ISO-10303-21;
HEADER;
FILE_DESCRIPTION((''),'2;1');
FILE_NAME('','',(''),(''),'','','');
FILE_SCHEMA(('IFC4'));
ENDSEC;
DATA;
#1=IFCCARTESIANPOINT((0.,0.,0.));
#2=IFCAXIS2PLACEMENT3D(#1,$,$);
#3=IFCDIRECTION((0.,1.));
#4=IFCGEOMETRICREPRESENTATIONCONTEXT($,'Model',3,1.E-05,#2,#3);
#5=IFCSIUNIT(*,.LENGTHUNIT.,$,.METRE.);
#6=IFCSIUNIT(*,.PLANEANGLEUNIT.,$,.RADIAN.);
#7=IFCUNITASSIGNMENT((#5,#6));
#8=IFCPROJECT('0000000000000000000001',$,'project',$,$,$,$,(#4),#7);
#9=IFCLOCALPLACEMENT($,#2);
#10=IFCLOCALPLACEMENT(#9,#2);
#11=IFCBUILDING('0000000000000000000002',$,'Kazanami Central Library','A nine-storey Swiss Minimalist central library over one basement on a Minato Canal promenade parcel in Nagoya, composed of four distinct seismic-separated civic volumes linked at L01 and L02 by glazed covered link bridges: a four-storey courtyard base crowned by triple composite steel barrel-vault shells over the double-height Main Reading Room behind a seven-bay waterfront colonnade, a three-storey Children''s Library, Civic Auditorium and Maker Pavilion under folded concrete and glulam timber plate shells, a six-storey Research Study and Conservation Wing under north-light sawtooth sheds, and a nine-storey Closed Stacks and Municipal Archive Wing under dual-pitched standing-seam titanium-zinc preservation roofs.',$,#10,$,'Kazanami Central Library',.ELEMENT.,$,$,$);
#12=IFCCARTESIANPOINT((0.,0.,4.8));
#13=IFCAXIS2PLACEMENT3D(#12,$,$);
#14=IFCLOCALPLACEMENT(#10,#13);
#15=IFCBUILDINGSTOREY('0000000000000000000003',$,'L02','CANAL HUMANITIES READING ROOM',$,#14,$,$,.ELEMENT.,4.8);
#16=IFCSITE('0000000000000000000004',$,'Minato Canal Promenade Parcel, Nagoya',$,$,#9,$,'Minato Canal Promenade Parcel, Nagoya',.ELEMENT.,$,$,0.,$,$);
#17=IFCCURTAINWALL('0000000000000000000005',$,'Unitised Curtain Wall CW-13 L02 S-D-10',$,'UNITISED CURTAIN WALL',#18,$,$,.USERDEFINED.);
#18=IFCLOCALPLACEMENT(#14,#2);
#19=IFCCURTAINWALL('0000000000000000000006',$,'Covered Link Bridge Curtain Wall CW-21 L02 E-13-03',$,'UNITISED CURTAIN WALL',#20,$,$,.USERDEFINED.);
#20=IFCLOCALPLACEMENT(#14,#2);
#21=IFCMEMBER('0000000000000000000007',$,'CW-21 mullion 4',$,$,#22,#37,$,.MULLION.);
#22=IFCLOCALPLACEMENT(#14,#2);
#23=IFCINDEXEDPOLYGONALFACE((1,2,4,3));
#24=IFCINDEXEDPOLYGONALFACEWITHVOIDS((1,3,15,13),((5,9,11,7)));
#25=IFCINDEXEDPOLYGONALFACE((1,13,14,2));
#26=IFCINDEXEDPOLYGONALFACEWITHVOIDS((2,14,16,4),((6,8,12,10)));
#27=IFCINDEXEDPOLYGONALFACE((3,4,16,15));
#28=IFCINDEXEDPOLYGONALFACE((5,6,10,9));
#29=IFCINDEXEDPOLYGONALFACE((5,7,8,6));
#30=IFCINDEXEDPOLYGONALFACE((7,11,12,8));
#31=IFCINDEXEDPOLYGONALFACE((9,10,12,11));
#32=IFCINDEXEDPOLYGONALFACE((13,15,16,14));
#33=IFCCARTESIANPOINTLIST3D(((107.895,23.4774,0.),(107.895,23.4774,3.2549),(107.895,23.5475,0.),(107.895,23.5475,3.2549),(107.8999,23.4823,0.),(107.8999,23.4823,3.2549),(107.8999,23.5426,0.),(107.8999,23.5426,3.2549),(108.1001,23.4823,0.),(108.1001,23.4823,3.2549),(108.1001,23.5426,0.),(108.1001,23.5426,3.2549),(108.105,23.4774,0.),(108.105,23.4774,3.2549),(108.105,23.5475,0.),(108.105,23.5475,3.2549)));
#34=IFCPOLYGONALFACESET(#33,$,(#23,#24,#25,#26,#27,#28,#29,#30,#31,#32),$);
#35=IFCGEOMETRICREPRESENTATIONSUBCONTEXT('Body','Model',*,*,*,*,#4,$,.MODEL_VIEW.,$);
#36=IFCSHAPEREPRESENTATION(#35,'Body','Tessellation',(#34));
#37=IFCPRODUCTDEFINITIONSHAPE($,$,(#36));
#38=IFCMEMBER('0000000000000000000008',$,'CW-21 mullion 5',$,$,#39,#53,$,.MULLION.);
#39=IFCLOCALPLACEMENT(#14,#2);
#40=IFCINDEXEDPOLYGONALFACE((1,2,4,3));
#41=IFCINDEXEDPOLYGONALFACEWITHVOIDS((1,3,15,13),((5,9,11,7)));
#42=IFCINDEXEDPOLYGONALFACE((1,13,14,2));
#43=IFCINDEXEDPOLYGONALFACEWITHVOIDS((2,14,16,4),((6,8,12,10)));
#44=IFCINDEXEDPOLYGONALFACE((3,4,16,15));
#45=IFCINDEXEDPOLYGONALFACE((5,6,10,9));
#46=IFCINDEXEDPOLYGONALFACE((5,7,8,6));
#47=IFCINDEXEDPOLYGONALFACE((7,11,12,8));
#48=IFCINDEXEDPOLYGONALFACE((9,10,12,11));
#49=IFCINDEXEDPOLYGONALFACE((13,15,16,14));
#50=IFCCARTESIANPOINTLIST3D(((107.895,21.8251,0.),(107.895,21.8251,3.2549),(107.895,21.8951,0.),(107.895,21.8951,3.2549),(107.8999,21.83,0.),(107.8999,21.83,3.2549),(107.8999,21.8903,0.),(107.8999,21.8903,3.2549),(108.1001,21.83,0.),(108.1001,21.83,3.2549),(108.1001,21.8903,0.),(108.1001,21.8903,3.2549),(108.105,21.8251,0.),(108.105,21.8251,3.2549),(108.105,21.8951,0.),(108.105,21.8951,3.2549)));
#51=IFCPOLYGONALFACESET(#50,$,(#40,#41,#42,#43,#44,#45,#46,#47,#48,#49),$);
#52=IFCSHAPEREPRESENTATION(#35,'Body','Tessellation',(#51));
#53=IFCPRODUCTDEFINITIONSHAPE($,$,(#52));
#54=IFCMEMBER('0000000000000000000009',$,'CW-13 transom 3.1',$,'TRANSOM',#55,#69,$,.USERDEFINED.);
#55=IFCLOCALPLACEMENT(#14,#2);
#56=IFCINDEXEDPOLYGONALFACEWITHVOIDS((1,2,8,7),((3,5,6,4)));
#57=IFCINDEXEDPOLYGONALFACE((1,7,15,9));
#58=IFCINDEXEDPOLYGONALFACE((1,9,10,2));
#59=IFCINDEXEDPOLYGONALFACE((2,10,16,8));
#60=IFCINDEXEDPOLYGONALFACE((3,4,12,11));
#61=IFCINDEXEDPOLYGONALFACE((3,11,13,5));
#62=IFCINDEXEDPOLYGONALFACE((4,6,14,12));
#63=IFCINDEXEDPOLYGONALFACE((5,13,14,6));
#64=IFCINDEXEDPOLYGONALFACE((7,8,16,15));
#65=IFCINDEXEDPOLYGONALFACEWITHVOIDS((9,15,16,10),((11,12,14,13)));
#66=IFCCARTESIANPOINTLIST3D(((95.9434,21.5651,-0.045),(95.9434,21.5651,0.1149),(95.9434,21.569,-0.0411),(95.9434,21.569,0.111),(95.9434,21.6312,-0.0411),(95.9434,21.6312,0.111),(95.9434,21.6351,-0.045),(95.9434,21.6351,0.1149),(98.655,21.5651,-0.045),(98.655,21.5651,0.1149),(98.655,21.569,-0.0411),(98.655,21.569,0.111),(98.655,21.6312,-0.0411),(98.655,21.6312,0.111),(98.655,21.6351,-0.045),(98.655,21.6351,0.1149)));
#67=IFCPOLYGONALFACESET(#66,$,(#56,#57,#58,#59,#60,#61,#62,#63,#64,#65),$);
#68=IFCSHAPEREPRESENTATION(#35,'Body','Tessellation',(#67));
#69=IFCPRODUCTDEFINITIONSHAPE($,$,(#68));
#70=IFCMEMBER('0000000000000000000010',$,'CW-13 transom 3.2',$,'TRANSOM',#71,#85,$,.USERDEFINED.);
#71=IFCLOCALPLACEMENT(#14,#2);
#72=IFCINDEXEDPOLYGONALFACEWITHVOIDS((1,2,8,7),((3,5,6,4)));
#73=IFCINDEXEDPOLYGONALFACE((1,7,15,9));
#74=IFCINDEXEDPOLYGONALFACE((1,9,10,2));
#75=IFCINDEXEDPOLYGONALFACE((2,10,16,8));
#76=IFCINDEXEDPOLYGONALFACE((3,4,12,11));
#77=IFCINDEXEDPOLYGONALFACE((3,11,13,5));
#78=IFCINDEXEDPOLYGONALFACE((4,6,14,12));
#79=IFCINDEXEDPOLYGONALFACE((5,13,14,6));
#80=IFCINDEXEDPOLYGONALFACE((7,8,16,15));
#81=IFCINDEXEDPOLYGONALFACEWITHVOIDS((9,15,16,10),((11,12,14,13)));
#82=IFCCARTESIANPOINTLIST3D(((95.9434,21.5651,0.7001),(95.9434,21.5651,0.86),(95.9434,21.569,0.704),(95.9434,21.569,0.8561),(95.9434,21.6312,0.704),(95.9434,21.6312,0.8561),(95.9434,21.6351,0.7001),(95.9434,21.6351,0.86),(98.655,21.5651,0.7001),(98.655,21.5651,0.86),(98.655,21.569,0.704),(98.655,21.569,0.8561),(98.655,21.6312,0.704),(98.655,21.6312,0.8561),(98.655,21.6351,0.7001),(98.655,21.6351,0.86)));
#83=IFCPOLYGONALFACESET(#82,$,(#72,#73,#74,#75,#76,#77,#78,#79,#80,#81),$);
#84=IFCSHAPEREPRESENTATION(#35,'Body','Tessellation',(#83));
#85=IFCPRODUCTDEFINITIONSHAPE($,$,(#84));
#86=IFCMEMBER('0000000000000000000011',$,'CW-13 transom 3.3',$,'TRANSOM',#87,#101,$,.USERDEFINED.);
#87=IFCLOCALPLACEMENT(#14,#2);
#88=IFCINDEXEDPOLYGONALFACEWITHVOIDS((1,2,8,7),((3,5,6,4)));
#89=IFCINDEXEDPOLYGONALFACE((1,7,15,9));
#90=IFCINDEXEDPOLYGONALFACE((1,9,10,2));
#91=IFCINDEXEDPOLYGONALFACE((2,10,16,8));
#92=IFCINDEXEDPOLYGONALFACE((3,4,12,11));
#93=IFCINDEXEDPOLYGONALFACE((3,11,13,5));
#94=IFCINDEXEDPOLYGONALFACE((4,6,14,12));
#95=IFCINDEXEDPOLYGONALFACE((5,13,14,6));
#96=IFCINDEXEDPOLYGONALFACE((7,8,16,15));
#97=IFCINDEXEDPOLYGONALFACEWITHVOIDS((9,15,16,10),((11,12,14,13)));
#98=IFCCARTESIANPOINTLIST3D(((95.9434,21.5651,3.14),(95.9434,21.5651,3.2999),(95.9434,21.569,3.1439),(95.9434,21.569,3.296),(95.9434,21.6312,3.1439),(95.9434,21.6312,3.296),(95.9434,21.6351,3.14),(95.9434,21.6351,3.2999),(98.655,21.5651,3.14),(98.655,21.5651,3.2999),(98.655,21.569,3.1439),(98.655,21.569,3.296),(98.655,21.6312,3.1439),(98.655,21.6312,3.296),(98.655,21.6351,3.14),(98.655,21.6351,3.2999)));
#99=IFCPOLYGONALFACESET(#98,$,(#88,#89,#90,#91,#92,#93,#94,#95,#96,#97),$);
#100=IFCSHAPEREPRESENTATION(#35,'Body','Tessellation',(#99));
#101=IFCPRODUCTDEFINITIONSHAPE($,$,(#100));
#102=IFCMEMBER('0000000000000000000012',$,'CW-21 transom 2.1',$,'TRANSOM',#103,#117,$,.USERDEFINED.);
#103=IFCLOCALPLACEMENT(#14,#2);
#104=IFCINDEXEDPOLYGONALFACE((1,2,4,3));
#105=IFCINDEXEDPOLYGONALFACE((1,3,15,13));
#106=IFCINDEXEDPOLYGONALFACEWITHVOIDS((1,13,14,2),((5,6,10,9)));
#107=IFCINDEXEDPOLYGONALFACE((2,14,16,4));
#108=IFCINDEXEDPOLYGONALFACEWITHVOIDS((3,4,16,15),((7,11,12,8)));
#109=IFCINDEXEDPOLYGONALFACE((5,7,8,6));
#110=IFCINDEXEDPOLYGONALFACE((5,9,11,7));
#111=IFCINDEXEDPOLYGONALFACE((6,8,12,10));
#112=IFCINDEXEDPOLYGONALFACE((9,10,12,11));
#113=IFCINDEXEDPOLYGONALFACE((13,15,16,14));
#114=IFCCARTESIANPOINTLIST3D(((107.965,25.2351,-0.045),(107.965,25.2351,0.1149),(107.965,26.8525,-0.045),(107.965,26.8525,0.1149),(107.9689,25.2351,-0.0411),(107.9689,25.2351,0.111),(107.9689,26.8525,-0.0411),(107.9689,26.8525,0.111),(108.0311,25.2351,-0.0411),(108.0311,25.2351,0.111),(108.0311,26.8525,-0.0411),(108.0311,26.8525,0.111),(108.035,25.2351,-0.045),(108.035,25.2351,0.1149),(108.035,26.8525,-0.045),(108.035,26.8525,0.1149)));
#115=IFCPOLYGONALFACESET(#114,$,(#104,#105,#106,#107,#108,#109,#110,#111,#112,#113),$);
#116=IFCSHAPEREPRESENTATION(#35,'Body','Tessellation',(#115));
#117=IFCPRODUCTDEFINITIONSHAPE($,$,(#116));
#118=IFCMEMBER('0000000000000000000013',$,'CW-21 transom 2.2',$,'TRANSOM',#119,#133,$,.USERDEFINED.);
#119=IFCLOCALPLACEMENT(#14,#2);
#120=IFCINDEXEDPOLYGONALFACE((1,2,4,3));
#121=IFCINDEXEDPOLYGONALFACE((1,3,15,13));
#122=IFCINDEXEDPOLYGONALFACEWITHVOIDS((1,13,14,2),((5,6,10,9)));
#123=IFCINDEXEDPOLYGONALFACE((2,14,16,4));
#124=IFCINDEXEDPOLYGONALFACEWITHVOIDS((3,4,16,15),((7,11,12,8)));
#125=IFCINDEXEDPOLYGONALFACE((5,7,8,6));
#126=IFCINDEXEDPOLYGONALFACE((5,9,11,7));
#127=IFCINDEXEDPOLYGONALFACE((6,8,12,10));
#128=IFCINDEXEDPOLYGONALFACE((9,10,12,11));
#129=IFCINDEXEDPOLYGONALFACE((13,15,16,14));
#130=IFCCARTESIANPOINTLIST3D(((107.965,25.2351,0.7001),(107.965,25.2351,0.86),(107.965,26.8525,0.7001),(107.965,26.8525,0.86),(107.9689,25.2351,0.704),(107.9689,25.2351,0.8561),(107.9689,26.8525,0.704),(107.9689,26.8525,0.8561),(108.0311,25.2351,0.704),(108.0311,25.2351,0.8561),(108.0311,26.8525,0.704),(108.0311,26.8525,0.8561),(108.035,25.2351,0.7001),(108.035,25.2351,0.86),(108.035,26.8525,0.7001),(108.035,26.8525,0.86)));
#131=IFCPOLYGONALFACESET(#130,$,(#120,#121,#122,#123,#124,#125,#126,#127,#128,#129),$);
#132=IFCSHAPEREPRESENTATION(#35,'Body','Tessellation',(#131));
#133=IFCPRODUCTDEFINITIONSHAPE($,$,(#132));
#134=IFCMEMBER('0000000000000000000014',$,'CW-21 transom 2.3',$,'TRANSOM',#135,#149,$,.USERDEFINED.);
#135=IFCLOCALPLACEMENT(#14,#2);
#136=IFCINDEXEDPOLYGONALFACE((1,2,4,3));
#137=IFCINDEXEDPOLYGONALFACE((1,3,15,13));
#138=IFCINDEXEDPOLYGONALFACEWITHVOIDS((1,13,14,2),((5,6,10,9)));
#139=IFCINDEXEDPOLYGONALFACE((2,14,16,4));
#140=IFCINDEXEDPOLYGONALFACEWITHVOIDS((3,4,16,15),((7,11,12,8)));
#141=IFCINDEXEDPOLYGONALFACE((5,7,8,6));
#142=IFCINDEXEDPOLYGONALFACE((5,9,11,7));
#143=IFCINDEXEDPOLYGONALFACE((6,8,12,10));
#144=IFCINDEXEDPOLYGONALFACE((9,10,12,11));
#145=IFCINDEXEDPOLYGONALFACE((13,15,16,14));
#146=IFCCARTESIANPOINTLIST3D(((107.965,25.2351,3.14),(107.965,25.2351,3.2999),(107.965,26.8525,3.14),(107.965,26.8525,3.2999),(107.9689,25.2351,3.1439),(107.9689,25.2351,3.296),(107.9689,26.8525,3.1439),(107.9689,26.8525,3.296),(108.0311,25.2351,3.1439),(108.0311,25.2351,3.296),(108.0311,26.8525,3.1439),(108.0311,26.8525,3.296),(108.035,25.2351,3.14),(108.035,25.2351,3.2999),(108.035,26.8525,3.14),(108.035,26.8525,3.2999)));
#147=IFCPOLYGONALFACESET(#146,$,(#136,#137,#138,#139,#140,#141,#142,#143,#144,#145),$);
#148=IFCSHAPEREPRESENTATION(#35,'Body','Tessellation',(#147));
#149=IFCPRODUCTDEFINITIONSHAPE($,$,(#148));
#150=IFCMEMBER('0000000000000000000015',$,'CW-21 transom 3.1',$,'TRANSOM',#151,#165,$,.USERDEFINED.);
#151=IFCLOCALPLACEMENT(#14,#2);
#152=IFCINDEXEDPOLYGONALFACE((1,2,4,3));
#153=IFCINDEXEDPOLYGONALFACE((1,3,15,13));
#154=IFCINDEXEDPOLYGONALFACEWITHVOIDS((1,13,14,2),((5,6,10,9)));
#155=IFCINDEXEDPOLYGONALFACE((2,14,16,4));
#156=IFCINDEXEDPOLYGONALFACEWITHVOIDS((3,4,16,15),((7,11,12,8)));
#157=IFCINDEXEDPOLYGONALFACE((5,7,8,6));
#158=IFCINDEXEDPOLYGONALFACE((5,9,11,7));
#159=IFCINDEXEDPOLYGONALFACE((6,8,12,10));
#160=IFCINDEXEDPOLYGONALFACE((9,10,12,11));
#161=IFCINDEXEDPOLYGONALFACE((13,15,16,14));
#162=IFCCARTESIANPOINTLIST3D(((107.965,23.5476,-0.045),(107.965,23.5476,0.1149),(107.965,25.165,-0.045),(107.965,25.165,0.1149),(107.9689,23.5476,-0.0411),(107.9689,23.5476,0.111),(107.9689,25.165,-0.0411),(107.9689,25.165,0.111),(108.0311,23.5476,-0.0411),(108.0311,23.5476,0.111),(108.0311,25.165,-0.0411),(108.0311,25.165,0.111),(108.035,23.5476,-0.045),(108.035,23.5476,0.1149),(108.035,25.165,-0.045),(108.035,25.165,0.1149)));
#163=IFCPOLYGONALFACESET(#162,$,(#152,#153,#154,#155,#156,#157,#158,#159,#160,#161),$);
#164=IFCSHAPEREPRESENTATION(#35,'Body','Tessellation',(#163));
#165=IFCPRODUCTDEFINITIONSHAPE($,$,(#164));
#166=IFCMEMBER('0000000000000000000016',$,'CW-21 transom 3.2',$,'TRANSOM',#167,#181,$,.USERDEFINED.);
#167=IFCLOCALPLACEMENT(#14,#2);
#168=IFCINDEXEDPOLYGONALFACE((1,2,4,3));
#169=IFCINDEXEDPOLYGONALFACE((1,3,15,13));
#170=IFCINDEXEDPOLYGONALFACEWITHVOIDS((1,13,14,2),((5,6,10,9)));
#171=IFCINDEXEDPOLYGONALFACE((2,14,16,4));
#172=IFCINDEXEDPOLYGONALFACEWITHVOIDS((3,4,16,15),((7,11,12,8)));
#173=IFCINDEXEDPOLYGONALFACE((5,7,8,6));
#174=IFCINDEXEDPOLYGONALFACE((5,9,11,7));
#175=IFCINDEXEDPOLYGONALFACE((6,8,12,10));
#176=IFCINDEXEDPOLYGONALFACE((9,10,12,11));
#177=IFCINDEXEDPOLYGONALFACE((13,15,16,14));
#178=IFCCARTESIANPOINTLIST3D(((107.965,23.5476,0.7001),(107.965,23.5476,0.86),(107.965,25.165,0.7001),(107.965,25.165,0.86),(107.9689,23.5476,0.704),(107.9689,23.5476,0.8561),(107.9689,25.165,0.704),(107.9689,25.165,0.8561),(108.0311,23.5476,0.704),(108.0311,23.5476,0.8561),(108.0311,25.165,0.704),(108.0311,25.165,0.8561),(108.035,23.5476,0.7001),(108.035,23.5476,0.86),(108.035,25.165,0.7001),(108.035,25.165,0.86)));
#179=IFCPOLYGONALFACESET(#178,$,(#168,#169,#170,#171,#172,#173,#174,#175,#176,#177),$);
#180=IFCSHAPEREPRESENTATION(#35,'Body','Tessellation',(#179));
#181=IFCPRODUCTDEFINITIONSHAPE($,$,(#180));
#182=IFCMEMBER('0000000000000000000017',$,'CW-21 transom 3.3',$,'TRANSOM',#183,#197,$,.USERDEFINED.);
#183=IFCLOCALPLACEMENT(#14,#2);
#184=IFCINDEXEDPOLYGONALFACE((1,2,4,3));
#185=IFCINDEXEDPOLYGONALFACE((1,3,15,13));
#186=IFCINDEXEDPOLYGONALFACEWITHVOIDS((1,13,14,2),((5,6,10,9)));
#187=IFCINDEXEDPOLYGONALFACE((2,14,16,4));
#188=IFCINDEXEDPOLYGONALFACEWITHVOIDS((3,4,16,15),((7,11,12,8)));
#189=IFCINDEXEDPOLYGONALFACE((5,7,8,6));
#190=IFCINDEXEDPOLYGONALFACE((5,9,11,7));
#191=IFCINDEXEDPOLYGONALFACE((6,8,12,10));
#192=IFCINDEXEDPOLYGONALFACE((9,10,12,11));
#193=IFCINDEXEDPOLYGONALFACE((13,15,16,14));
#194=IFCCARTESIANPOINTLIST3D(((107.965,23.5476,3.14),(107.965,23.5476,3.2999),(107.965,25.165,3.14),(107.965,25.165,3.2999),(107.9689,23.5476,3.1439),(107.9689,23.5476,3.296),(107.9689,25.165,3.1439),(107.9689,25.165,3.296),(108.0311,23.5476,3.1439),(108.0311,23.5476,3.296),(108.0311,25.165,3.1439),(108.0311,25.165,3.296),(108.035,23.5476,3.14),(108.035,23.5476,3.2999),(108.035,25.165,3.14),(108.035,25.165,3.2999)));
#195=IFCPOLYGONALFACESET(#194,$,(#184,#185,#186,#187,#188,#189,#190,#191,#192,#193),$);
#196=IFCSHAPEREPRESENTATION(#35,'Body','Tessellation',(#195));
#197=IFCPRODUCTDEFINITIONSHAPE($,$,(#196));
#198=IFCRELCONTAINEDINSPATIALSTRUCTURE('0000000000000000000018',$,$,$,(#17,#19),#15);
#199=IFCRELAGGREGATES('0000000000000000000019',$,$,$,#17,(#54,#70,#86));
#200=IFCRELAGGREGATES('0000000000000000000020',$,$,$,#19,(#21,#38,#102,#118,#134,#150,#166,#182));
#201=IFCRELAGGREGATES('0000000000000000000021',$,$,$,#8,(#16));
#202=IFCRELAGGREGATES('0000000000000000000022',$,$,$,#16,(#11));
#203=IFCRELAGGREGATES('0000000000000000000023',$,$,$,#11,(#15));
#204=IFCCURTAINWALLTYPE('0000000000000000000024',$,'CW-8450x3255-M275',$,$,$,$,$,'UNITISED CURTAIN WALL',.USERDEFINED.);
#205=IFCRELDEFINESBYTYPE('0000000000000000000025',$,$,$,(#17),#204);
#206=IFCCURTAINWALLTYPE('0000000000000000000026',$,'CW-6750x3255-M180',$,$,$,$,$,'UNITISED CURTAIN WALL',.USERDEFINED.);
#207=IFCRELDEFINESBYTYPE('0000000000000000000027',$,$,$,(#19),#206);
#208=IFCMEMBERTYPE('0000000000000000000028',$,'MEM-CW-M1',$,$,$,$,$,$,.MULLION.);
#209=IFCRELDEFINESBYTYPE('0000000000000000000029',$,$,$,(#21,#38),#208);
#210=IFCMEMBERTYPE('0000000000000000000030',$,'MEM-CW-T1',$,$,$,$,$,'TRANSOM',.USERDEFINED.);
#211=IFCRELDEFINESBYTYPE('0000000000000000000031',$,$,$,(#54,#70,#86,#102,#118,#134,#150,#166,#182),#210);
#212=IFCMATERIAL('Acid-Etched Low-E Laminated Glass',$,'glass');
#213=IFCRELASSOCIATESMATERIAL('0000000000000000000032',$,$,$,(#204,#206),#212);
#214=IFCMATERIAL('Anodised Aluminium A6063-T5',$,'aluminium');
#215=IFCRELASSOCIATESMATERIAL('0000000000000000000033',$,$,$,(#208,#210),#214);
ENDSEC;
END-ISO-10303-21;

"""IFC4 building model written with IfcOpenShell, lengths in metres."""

from ifc_helpers import new_model, si_unit, direction, frame, origin, origin_2d, place, context, subcontext, project, spatial, hollow_rectangle, extrude, material, material_profile, profile_set, type_object, element, aggregate, save


model = new_model("IFC4")

# Units and contexts
model_context = context("Model", 3, precision=1e-05, world=origin(), true_north=direction((0.0, 1.0)))
body_context = subcontext(model_context, "Body", "Model", "MODEL_VIEW")
ifc_project = project(units=[si_unit("LENGTHUNIT", "METRE"), si_unit("PLANEANGLEUNIT", "RADIAN")], contexts=[model_context])

# Site, building, storey
site_placement = place(None, origin())
site = spatial("IfcSite", under=ifc_project, at=site_placement, Name="Minato Canal Promenade Parcel, Nagoya", LongName="Minato Canal Promenade Parcel, Nagoya", CompositionType="ELEMENT", RefElevation=0.0)
building_placement = place(site_placement, origin())
building = spatial("IfcBuilding", under=site, at=building_placement, Name="Kazanami Central Library", Description="A nine-storey Swiss Minimalist central library over one basement on a Minato Canal promenade parcel in Nagoya, composed of four distinct seismic-separated civic volumes linked at L01 and L02 by glazed covered link bridges: a four-storey courtyard base crowned by triple composite steel barrel-vault shells over the double-height Main Reading Room behind a seven-bay waterfront colonnade, a three-storey Children's Library, Civic Auditorium and Maker Pavilion under folded concrete and glulam timber plate shells, a six-storey Research Study and Conservation Wing under north-light sawtooth sheds, and a nine-storey Closed Stacks and Municipal Archive Wing under dual-pitched standing-seam titanium-zinc preservation roofs.", LongName="Kazanami Central Library", CompositionType="ELEMENT")
storey_placement = place(building_placement, frame((0.0, 0.0, 4.8)))
storey = spatial("IfcBuildingStorey", under=building, at=storey_placement, Name="L02", Description="CANAL HUMANITIES READING ROOM", CompositionType="ELEMENT", Elevation=4.8)

# Curtain walls, members
ifc_material_1 = material(Name="Acid-Etched Low-E Laminated Glass", Category="glass")
curtain_wall_type_1 = type_object("IfcCurtainWallType", Name="CW-8450x3255-M275", ElementType="UNITISED CURTAIN WALL", PredefinedType="USERDEFINED", material=ifc_material_1)
curtain_wall_1_placement = place(storey_placement, origin())
curtain_wall_1 = element("IfcCurtainWall", 1, at=curtain_wall_1_placement, inside=storey, type_object=curtain_wall_type_1, Name="Unitised Curtain Wall CW-13 L02 S-D-10", ObjectType="UNITISED CURTAIN WALL", PredefinedType="USERDEFINED")
ifc_material_2 = material(Name="Anodised Aluminium A6063-T5", Category="aluminium")
ifc_material_profile_1 = material_profile(ifc_material_2, hollow_rectangle(XDim=0.0701, YDim=0.21, WallThickness=0.0049, at=origin_2d()), Name="ALU-MULL-70x210x5")
ifc_profile_set_1 = profile_set([ifc_material_profile_1], Name="Anodised Aluminium A6063-T5")
member_type_1 = type_object("IfcMemberType", Name="MEM-CW-M1", PredefinedType="MULLION", material=ifc_profile_set_1)
curtain_wall_type_2 = type_object("IfcCurtainWallType", Name="CW-6750x3255-M180", ElementType="UNITISED CURTAIN WALL", PredefinedType="USERDEFINED", material=ifc_material_1)
curtain_wall_2_placement = place(storey_placement, origin())
curtain_wall_2 = element("IfcCurtainWall", 2, at=curtain_wall_2_placement, inside=storey, type_object=curtain_wall_type_2, Name="Covered Link Bridge Curtain Wall CW-21 L02 E-13-03", ObjectType="UNITISED CURTAIN WALL", PredefinedType="USERDEFINED")
member_1_placement = place(storey_placement, frame((108.0, 23.5125, 0.0), z_axis=(0.0, 0.0, 1.0), x_axis=(0.0, -1.0, 0.0)))
member_1 = element("IfcMember", 3, at=member_1_placement, type_object=member_type_1, Name="CW-21 mullion 4", PredefinedType="MULLION", context=body_context, shape_type="SweptSolid", body=[
    extrude(hollow_rectangle(XDim=0.0701, YDim=0.21, WallThickness=0.0049, at=origin_2d()), origin(), (0.0, 0.0, 1.0), 3.2549),
])
member_2_placement = place(storey_placement, frame((108.0, 21.8601, 0.0), z_axis=(0.0, 0.0, 1.0), x_axis=(0.0, -1.0, 0.0)))
member_2 = element("IfcMember", 4, at=member_2_placement, type_object=member_type_1, Name="CW-21 mullion 5", PredefinedType="MULLION", context=body_context, shape_type="SweptSolid", body=[
    extrude(hollow_rectangle(XDim=0.0701, YDim=0.21, WallThickness=0.0049, at=origin_2d()), origin(), (0.0, 0.0, 1.0), 3.2549),
])

# Members
ifc_material_profile_2 = material_profile(ifc_material_2, hollow_rectangle(XDim=0.0701, YDim=0.1599, WallThickness=0.0039, at=origin_2d()), Name="ALU-TRAN-70x160x4")
ifc_profile_set_2 = profile_set([ifc_material_profile_2], Name="Anodised Aluminium A6063-T5")
member_type_2 = type_object("IfcMemberType", Name="MEM-CW-T1", ElementType="TRANSOM", PredefinedType="USERDEFINED", material=ifc_profile_set_2)
member_3_placement = place(storey_placement, frame((95.9434, 21.6001, 0.0349), z_axis=(1.0, 0.0, 0.0), x_axis=(0.0, 1.0, 0.0)))
member_3 = element("IfcMember", 5, at=member_3_placement, type_object=member_type_2, Name="CW-13 transom 3.1", ObjectType="TRANSOM", PredefinedType="USERDEFINED", context=body_context, shape_type="SweptSolid", body=[
    extrude(hollow_rectangle(XDim=0.0701, YDim=0.1599, WallThickness=0.0039, at=origin_2d()), origin(), (0.0, 0.0, 1.0), 2.7117),
])
member_4_placement = place(storey_placement, frame((95.9434, 21.6001, 0.78), z_axis=(1.0, 0.0, 0.0), x_axis=(0.0, 1.0, 0.0)))
member_4 = element("IfcMember", 6, at=member_4_placement, type_object=member_type_2, Name="CW-13 transom 3.2", ObjectType="TRANSOM", PredefinedType="USERDEFINED", context=body_context, shape_type="SweptSolid", body=[
    extrude(hollow_rectangle(XDim=0.0701, YDim=0.1599, WallThickness=0.0039, at=origin_2d()), origin(), (0.0, 0.0, 1.0), 2.7117),
])
member_5_placement = place(storey_placement, frame((95.9434, 21.6001, 3.22), z_axis=(1.0, 0.0, 0.0), x_axis=(0.0, 1.0, 0.0)))
member_5 = element("IfcMember", 7, at=member_5_placement, type_object=member_type_2, Name="CW-13 transom 3.3", ObjectType="TRANSOM", PredefinedType="USERDEFINED", context=body_context, shape_type="SweptSolid", body=[
    extrude(hollow_rectangle(XDim=0.0701, YDim=0.1599, WallThickness=0.0039, at=origin_2d()), origin(), (0.0, 0.0, 1.0), 2.7117),
])
member_6_placement = place(storey_placement, frame((108.0, 26.8525, 0.0349), z_axis=(0.0, -1.0, 0.0), x_axis=(1.0, 0.0, 0.0)))
member_6 = element("IfcMember", 8, at=member_6_placement, type_object=member_type_2, Name="CW-21 transom 2.1", ObjectType="TRANSOM", PredefinedType="USERDEFINED", context=body_context, shape_type="SweptSolid", body=[
    extrude(hollow_rectangle(XDim=0.0701, YDim=0.1599, WallThickness=0.0039, at=origin_2d()), origin(), (0.0, 0.0, 1.0), 1.6174),
])
member_7_placement = place(storey_placement, frame((108.0, 26.8525, 0.78), z_axis=(0.0, -1.0, 0.0), x_axis=(1.0, 0.0, 0.0)))
member_7 = element("IfcMember", 9, at=member_7_placement, type_object=member_type_2, Name="CW-21 transom 2.2", ObjectType="TRANSOM", PredefinedType="USERDEFINED", context=body_context, shape_type="SweptSolid", body=[
    extrude(hollow_rectangle(XDim=0.0701, YDim=0.1599, WallThickness=0.0039, at=origin_2d()), origin(), (0.0, 0.0, 1.0), 1.6174),
])
member_8_placement = place(storey_placement, frame((108.0, 26.8525, 3.22), z_axis=(0.0, -1.0, 0.0), x_axis=(1.0, 0.0, 0.0)))
member_8 = element("IfcMember", 10, at=member_8_placement, type_object=member_type_2, Name="CW-21 transom 2.3", ObjectType="TRANSOM", PredefinedType="USERDEFINED", context=body_context, shape_type="SweptSolid", body=[
    extrude(hollow_rectangle(XDim=0.0701, YDim=0.1599, WallThickness=0.0039, at=origin_2d()), origin(), (0.0, 0.0, 1.0), 1.6174),
])
member_9_placement = place(storey_placement, frame((108.0, 25.165, 0.0349), z_axis=(0.0, -1.0, 0.0), x_axis=(1.0, 0.0, 0.0)))
member_9 = element("IfcMember", 11, at=member_9_placement, type_object=member_type_2, Name="CW-21 transom 3.1", ObjectType="TRANSOM", PredefinedType="USERDEFINED", context=body_context, shape_type="SweptSolid", body=[
    extrude(hollow_rectangle(XDim=0.0701, YDim=0.1599, WallThickness=0.0039, at=origin_2d()), origin(), (0.0, 0.0, 1.0), 1.6174),
])
member_10_placement = place(storey_placement, frame((108.0, 25.165, 0.78), z_axis=(0.0, -1.0, 0.0), x_axis=(1.0, 0.0, 0.0)))
member_10 = element("IfcMember", 12, at=member_10_placement, type_object=member_type_2, Name="CW-21 transom 3.2", ObjectType="TRANSOM", PredefinedType="USERDEFINED", context=body_context, shape_type="SweptSolid", body=[
    extrude(hollow_rectangle(XDim=0.0701, YDim=0.1599, WallThickness=0.0039, at=origin_2d()), origin(), (0.0, 0.0, 1.0), 1.6174),
])
member_11_placement = place(storey_placement, frame((108.0, 25.165, 3.22), z_axis=(0.0, -1.0, 0.0), x_axis=(1.0, 0.0, 0.0)))
member_11 = element("IfcMember", 13, at=member_11_placement, type_object=member_type_2, Name="CW-21 transom 3.3", ObjectType="TRANSOM", PredefinedType="USERDEFINED", context=body_context, shape_type="SweptSolid", body=[
    extrude(hollow_rectangle(XDim=0.0701, YDim=0.1599, WallThickness=0.0039, at=origin_2d()), origin(), (0.0, 0.0, 1.0), 1.6174),
])

aggregate(curtain_wall_1, [member_3, member_4, member_5])
aggregate(curtain_wall_2, [member_1, member_2, member_6, member_7, member_8, member_9, member_10, member_11])

save(model, "model.ifc")
